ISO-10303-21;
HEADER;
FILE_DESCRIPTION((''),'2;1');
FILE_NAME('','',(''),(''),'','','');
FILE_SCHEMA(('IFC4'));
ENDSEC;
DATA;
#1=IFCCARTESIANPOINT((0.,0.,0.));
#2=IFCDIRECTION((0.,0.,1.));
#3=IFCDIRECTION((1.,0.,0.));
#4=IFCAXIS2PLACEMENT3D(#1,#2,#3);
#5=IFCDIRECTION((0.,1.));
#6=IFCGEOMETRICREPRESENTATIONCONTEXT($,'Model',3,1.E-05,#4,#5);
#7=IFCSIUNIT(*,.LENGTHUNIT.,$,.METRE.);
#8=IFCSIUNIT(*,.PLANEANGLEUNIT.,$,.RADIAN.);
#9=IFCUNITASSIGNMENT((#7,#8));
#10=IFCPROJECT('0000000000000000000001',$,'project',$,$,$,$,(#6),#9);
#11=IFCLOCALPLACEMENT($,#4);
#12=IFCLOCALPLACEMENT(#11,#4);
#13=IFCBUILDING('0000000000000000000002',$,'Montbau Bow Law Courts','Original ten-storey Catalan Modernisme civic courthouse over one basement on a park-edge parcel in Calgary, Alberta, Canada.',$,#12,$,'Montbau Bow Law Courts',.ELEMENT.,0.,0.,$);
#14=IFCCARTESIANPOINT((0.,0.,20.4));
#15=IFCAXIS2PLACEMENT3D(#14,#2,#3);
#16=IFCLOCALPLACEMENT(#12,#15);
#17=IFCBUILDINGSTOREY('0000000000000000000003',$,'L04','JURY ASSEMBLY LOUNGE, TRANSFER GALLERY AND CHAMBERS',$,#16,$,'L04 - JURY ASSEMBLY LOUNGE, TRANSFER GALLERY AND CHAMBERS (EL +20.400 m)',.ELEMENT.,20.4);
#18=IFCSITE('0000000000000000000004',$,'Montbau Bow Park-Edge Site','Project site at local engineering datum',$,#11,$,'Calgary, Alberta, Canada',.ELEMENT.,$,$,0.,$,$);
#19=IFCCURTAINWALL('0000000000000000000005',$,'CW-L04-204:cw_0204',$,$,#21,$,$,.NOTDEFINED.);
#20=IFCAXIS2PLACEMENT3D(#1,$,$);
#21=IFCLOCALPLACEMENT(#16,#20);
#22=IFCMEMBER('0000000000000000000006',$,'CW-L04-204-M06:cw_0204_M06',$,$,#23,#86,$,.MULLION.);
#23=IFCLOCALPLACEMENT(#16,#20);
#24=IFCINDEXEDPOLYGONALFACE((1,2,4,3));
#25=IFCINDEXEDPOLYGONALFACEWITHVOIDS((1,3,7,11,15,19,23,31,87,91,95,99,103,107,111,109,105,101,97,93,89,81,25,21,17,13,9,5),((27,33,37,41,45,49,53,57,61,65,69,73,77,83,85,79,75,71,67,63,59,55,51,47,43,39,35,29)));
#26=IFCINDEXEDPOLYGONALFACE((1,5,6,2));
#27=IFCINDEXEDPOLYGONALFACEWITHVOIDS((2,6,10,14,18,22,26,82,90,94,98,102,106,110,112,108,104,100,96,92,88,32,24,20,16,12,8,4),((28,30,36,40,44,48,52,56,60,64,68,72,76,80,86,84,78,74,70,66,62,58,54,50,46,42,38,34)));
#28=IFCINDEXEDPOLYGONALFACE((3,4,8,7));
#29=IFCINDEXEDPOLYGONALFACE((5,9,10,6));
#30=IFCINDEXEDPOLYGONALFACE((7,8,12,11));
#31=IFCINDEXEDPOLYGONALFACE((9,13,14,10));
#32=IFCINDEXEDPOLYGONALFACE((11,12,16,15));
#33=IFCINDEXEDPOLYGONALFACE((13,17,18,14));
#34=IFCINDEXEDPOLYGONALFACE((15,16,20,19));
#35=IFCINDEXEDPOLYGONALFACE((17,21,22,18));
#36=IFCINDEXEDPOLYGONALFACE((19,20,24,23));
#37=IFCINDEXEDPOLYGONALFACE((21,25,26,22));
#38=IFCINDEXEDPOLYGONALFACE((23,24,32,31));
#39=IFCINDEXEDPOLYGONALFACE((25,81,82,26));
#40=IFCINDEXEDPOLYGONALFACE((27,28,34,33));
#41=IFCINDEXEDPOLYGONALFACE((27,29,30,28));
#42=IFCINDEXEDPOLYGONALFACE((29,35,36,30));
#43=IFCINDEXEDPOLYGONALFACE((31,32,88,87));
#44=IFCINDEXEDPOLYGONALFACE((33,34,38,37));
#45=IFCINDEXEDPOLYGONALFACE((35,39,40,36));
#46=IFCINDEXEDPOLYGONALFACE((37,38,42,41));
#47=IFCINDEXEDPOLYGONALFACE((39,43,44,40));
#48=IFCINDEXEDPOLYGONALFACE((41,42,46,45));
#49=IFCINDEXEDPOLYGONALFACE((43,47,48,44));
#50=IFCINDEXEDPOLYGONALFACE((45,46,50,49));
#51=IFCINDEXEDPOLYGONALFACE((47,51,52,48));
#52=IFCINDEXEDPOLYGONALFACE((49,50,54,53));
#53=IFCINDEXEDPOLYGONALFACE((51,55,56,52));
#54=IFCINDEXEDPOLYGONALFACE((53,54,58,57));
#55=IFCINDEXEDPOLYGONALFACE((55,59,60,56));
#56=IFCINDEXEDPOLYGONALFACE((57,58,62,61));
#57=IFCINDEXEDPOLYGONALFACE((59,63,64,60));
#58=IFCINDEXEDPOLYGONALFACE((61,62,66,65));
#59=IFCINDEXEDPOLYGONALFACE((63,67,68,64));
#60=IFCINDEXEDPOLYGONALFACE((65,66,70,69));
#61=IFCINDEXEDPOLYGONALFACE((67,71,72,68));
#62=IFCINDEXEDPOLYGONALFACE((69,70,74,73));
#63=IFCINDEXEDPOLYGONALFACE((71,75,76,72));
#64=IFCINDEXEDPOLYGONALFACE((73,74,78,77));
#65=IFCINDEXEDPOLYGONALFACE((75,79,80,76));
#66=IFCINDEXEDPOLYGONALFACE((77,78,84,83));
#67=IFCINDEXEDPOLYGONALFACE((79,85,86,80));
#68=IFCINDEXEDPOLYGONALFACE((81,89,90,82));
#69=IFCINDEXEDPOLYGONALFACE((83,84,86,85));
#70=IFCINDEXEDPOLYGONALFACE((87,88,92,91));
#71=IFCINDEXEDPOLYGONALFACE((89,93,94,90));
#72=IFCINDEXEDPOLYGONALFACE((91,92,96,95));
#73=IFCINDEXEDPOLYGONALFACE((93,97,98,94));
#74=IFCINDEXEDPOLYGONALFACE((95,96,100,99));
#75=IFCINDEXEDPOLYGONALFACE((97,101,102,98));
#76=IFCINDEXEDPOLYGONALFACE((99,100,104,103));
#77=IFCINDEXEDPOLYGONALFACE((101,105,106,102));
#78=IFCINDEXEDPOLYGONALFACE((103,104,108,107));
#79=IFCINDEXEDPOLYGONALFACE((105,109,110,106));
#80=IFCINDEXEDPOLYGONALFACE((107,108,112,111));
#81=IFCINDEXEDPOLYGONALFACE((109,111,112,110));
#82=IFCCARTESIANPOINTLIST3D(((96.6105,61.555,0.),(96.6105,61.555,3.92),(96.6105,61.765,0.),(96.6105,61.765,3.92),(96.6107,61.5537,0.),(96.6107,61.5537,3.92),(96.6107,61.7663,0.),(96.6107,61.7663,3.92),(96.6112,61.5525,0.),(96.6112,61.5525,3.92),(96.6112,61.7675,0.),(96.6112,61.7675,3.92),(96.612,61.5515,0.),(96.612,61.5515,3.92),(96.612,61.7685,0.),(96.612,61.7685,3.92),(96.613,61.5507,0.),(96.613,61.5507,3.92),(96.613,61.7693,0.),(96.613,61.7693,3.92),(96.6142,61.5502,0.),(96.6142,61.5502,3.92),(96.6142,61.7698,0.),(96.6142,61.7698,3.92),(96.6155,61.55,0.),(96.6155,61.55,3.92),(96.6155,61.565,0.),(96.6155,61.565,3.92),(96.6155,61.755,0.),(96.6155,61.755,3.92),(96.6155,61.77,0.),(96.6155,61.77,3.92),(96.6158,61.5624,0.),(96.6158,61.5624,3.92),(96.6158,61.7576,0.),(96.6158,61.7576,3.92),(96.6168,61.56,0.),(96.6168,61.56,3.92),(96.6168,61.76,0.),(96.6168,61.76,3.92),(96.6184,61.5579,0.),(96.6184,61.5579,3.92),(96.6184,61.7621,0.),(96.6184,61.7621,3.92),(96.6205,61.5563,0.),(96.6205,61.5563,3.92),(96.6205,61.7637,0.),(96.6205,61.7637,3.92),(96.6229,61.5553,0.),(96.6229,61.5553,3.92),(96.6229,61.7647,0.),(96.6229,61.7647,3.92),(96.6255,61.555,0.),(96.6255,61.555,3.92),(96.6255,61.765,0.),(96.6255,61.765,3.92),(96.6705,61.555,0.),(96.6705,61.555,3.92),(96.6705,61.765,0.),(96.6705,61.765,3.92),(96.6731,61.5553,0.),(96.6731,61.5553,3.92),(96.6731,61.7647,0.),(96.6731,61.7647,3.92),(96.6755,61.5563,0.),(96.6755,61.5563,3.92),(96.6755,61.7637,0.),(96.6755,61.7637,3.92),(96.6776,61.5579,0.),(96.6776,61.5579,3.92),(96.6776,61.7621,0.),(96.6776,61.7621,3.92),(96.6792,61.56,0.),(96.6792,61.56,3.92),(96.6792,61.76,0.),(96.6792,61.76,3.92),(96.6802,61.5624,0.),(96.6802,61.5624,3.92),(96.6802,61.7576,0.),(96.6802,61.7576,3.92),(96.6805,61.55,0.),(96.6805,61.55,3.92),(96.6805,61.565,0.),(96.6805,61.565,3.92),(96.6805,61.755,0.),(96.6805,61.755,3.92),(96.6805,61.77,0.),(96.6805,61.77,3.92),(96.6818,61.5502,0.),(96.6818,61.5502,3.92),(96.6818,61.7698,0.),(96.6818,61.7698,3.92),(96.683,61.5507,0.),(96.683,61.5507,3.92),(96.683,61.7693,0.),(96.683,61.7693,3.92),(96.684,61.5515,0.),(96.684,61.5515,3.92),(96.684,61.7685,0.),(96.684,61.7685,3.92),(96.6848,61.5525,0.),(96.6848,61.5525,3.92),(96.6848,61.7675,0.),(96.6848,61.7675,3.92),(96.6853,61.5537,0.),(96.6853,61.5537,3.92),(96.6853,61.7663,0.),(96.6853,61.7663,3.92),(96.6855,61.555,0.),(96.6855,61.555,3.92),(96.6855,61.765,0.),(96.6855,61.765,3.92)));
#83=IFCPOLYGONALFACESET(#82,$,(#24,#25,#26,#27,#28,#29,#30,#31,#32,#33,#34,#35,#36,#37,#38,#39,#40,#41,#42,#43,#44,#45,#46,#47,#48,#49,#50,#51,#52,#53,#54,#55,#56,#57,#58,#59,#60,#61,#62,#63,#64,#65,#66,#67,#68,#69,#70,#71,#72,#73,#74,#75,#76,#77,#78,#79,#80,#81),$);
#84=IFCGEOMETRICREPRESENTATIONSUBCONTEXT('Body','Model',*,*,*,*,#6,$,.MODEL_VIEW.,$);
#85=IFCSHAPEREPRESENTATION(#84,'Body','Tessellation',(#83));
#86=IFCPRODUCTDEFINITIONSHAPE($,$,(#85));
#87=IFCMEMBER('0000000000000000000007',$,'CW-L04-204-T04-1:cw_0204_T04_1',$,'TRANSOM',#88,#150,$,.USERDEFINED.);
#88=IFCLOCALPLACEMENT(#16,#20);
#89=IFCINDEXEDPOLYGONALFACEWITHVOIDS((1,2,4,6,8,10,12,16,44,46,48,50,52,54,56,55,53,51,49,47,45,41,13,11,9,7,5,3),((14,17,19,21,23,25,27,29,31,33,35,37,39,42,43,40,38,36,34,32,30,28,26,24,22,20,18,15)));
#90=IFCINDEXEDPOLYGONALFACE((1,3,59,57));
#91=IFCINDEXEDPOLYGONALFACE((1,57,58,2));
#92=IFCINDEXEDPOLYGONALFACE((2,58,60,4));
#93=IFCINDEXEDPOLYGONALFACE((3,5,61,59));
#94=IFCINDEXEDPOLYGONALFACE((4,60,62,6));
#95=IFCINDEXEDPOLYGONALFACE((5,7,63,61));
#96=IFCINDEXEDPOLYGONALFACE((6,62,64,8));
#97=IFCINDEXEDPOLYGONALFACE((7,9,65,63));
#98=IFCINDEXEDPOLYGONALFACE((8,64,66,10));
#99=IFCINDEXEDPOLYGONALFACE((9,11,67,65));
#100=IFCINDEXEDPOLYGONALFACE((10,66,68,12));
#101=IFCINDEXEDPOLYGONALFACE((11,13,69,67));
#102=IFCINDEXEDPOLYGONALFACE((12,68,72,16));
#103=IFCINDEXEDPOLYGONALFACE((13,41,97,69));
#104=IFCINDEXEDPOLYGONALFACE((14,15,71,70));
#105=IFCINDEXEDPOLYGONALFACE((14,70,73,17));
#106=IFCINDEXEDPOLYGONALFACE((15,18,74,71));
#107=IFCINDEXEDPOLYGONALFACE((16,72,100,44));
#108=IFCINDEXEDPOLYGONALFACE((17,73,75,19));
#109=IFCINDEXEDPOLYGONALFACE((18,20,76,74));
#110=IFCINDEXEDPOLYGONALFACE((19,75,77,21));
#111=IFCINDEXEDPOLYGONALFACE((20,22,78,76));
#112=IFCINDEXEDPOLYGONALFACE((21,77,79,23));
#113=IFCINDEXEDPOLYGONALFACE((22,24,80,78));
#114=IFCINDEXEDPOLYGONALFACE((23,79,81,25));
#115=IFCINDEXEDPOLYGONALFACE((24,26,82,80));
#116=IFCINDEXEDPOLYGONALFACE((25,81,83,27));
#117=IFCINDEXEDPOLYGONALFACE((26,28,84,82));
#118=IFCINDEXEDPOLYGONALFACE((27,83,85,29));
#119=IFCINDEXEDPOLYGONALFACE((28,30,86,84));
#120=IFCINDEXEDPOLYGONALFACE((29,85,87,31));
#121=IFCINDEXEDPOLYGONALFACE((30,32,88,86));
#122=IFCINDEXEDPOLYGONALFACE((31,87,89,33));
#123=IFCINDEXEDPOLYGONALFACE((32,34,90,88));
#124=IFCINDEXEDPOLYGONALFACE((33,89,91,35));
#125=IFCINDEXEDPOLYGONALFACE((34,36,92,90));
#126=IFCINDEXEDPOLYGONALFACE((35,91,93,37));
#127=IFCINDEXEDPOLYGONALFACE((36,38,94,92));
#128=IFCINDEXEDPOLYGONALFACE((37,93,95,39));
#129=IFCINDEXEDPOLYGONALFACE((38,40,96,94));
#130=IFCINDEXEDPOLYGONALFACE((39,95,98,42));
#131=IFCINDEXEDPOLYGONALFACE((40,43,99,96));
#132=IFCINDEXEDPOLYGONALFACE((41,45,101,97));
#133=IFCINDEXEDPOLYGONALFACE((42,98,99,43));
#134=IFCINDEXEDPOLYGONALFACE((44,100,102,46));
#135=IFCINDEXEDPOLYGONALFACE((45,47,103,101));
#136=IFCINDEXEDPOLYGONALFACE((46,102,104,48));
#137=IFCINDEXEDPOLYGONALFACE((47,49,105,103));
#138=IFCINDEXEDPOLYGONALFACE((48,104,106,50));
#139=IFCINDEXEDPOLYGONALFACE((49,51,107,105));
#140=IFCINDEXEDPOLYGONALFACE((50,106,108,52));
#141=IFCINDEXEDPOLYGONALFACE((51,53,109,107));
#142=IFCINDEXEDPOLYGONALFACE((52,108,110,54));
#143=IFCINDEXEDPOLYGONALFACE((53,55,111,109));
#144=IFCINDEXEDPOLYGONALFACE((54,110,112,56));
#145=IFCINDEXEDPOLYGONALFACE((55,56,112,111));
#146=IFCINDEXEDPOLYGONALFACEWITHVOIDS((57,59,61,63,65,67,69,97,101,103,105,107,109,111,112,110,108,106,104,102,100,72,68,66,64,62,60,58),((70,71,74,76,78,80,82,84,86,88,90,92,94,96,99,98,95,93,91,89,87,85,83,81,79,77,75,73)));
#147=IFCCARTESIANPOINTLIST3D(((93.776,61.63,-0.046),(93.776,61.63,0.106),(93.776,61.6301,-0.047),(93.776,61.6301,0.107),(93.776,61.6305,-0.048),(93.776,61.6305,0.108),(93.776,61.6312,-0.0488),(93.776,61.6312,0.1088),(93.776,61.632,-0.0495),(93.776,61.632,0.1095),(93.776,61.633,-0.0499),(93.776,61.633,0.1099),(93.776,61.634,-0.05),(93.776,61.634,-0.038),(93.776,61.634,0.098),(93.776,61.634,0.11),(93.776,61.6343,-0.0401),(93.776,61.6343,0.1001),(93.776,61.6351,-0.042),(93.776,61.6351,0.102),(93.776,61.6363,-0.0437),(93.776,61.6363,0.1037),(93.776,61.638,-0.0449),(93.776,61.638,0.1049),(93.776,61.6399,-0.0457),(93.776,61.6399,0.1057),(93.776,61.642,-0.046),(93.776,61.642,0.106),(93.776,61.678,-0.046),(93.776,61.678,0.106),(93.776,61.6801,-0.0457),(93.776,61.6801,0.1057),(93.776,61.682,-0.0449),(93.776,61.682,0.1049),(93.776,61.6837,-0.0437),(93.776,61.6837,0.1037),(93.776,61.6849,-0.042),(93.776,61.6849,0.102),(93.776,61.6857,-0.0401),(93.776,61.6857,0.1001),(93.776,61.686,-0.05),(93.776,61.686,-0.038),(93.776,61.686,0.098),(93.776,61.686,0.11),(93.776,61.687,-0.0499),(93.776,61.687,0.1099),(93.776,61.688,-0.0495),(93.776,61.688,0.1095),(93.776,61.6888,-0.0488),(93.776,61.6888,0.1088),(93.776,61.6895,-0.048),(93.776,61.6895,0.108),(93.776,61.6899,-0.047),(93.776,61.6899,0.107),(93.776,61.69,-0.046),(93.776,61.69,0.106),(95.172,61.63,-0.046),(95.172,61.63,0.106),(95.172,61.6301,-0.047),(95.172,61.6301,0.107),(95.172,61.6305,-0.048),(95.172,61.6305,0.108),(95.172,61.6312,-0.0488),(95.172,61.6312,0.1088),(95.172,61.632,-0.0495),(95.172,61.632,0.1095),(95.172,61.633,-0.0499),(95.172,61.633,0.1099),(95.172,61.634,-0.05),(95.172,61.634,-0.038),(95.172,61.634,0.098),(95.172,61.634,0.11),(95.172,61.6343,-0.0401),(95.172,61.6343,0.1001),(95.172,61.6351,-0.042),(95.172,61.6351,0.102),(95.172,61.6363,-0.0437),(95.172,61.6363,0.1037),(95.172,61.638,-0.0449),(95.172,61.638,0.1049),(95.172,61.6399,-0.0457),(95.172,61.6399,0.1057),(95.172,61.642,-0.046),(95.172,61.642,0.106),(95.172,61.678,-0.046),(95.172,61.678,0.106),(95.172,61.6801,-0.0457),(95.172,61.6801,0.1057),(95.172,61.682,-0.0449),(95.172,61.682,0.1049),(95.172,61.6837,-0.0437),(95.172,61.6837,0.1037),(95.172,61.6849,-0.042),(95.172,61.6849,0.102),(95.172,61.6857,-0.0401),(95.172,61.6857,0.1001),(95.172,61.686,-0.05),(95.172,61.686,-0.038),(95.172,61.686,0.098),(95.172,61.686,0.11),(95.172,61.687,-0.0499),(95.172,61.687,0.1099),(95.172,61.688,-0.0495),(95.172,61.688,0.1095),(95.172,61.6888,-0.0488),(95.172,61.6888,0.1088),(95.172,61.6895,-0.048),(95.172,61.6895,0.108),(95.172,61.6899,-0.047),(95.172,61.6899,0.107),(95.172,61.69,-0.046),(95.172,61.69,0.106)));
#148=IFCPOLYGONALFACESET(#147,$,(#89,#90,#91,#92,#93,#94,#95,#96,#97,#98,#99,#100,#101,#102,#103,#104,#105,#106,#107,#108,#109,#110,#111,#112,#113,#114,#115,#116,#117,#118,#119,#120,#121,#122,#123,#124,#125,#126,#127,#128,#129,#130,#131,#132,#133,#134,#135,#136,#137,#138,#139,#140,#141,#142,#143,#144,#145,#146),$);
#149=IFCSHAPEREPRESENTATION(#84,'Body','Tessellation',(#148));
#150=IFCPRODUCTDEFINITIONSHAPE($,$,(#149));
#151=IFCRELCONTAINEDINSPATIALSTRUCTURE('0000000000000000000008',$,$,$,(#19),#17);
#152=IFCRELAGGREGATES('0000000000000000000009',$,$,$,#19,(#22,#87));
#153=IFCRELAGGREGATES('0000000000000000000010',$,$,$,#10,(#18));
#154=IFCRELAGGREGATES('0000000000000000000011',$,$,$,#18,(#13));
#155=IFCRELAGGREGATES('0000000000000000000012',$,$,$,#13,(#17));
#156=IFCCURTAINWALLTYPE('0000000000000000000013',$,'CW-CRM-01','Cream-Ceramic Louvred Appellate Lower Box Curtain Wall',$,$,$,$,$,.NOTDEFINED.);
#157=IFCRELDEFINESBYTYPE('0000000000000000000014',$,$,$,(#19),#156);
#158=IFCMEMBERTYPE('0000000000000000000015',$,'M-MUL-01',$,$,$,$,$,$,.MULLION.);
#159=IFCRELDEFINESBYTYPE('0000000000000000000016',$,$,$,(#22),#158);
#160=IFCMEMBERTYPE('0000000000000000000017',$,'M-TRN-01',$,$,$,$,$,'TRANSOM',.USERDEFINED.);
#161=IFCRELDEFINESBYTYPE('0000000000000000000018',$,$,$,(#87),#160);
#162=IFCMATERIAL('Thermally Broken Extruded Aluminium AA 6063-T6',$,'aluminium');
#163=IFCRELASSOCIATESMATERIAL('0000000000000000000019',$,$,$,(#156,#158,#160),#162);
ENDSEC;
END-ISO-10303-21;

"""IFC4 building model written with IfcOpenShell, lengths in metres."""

from ifc_helpers import new_model, si_unit, direction, frame, origin_with_axes, origin_2d_with_axis, place, context, subcontext, project, spatial, hollow_rectangle, extrude, material, material_profile, profile_set, type_object, element, aggregate, save


model = new_model("IFC4")

# Units and contexts
model_context = context("Model", 3, precision=1e-05, world=origin_with_axes(), true_north=direction((0.0, 1.0)))
body_context = subcontext(model_context, "Body", "Model", "MODEL_VIEW")
ifc_project = project(units=[si_unit("LENGTHUNIT", "METRE"), si_unit("PLANEANGLEUNIT", "RADIAN")], contexts=[model_context])

# Site, building, storey
site_placement = place(None, origin_with_axes())
site = spatial("IfcSite", under=ifc_project, at=site_placement, Name="Montbau Bow Park-Edge Site", Description="Project site at local engineering datum", LongName="Calgary, Alberta, Canada", CompositionType="ELEMENT", RefElevation=0.0)
building_placement = place(site_placement, origin_with_axes())
building = spatial("IfcBuilding", under=site, at=building_placement, Name="Montbau Bow Law Courts", Description="Original ten-storey Catalan Modernisme civic courthouse over one basement on a park-edge parcel in Calgary, Alberta, Canada.", LongName="Montbau Bow Law Courts", CompositionType="ELEMENT", ElevationOfRefHeight=0.0, ElevationOfTerrain=0.0)
storey_placement = place(building_placement, frame((0.0, 0.0, 20.4), z_axis=(0.0, 0.0, 1.0), x_axis=(1.0, 0.0, 0.0)))
storey = spatial("IfcBuildingStorey", under=building, at=storey_placement, Name="L04", Description="JURY ASSEMBLY LOUNGE, TRANSFER GALLERY AND CHAMBERS", LongName="L04 - JURY ASSEMBLY LOUNGE, TRANSFER GALLERY AND CHAMBERS (EL +20.400 m)", CompositionType="ELEMENT", Elevation=20.4)

# Curtain wall, members
ifc_material_1 = material(Name="Thermally Broken Extruded Aluminium AA 6063-T6", Category="aluminium")
curtain_wall_type = type_object("IfcCurtainWallType", Name="CW-CRM-01", Description="Cream-Ceramic Louvred Appellate Lower Box Curtain Wall", PredefinedType="NOTDEFINED", material=ifc_material_1)
curtain_wall_placement = place(None, frame((89.315, 61.66, 20.4), z_axis=(0.0, 0.0, 1.0), x_axis=(1.0, 0.0, 0.0)))
curtain_wall = element("IfcCurtainWall", 1, at=curtain_wall_placement, inside=storey, type_object=curtain_wall_type, Name="CW-L04-204:cw_0204", PredefinedType="NOTDEFINED")
ifc_material_profile_1 = material_profile(ifc_material_1, hollow_rectangle(XDim=0.075, YDim=0.22, WallThickness=0.005, InnerFilletRadius=0.01, OuterFilletRadius=0.005, at=origin_2d_with_axis()), Name="CWM-220X75", Category="Main", Priority=0)
ifc_profile_set_1 = profile_set([ifc_material_profile_1], Name="Thermally Broken Extruded Aluminium AA 6063-T6")
member_type_1 = type_object("IfcMemberType", Name="M-MUL-01", PredefinedType="MULLION", material=ifc_profile_set_1)
member_1_placement = place(None, frame((96.648, 61.66, 20.4), z_axis=(0.0, 0.0, 1.0), x_axis=(1.0, 0.0, 0.0)))
member_1 = element("IfcMember", 2, at=member_1_placement, type_object=member_type_1, Name="CW-L04-204-M06:cw_0204_M06", PredefinedType="MULLION", context=body_context, shape_type="SweptSolid", body=[
    extrude(hollow_rectangle(XDim=0.075, YDim=0.22, WallThickness=0.005, InnerFilletRadius=0.01, OuterFilletRadius=0.005, at=origin_2d_with_axis()), origin_with_axes(), (0.0, 0.0, 1.0), 3.92),
])
ifc_material_profile_2 = material_profile(ifc_material_1, hollow_rectangle(XDim=0.06, YDim=0.16, WallThickness=0.004, InnerFilletRadius=0.008, OuterFilletRadius=0.004, at=origin_2d_with_axis()), Name="CWT-160X60", Category="Main", Priority=0)
ifc_profile_set_2 = profile_set([ifc_material_profile_2], Name="Thermally Broken Extruded Aluminium AA 6063-T6")
member_type_2 = type_object("IfcMemberType", Name="M-TRN-01", ElementType="TRANSOM", PredefinedType="USERDEFINED", material=ifc_profile_set_2)
member_2_placement = place(None, frame((93.776, 61.66, 20.43), z_axis=(1.0, 0.0, 0.0), x_axis=(0.0, 1.0, 0.0)))
member_2 = element("IfcMember", 3, at=member_2_placement, type_object=member_type_2, Name="CW-L04-204-T04-1:cw_0204_T04_1", ObjectType="TRANSOM", PredefinedType="USERDEFINED", context=body_context, shape_type="SweptSolid", body=[
    extrude(hollow_rectangle(XDim=0.06, YDim=0.16, WallThickness=0.004, InnerFilletRadius=0.008, OuterFilletRadius=0.004, at=origin_2d_with_axis()), origin_with_axes(), (0.0, 0.0, 1.0), 1.396),
])
aggregate(curtain_wall, [member_1, member_2])

save(model, "model.ifc")
